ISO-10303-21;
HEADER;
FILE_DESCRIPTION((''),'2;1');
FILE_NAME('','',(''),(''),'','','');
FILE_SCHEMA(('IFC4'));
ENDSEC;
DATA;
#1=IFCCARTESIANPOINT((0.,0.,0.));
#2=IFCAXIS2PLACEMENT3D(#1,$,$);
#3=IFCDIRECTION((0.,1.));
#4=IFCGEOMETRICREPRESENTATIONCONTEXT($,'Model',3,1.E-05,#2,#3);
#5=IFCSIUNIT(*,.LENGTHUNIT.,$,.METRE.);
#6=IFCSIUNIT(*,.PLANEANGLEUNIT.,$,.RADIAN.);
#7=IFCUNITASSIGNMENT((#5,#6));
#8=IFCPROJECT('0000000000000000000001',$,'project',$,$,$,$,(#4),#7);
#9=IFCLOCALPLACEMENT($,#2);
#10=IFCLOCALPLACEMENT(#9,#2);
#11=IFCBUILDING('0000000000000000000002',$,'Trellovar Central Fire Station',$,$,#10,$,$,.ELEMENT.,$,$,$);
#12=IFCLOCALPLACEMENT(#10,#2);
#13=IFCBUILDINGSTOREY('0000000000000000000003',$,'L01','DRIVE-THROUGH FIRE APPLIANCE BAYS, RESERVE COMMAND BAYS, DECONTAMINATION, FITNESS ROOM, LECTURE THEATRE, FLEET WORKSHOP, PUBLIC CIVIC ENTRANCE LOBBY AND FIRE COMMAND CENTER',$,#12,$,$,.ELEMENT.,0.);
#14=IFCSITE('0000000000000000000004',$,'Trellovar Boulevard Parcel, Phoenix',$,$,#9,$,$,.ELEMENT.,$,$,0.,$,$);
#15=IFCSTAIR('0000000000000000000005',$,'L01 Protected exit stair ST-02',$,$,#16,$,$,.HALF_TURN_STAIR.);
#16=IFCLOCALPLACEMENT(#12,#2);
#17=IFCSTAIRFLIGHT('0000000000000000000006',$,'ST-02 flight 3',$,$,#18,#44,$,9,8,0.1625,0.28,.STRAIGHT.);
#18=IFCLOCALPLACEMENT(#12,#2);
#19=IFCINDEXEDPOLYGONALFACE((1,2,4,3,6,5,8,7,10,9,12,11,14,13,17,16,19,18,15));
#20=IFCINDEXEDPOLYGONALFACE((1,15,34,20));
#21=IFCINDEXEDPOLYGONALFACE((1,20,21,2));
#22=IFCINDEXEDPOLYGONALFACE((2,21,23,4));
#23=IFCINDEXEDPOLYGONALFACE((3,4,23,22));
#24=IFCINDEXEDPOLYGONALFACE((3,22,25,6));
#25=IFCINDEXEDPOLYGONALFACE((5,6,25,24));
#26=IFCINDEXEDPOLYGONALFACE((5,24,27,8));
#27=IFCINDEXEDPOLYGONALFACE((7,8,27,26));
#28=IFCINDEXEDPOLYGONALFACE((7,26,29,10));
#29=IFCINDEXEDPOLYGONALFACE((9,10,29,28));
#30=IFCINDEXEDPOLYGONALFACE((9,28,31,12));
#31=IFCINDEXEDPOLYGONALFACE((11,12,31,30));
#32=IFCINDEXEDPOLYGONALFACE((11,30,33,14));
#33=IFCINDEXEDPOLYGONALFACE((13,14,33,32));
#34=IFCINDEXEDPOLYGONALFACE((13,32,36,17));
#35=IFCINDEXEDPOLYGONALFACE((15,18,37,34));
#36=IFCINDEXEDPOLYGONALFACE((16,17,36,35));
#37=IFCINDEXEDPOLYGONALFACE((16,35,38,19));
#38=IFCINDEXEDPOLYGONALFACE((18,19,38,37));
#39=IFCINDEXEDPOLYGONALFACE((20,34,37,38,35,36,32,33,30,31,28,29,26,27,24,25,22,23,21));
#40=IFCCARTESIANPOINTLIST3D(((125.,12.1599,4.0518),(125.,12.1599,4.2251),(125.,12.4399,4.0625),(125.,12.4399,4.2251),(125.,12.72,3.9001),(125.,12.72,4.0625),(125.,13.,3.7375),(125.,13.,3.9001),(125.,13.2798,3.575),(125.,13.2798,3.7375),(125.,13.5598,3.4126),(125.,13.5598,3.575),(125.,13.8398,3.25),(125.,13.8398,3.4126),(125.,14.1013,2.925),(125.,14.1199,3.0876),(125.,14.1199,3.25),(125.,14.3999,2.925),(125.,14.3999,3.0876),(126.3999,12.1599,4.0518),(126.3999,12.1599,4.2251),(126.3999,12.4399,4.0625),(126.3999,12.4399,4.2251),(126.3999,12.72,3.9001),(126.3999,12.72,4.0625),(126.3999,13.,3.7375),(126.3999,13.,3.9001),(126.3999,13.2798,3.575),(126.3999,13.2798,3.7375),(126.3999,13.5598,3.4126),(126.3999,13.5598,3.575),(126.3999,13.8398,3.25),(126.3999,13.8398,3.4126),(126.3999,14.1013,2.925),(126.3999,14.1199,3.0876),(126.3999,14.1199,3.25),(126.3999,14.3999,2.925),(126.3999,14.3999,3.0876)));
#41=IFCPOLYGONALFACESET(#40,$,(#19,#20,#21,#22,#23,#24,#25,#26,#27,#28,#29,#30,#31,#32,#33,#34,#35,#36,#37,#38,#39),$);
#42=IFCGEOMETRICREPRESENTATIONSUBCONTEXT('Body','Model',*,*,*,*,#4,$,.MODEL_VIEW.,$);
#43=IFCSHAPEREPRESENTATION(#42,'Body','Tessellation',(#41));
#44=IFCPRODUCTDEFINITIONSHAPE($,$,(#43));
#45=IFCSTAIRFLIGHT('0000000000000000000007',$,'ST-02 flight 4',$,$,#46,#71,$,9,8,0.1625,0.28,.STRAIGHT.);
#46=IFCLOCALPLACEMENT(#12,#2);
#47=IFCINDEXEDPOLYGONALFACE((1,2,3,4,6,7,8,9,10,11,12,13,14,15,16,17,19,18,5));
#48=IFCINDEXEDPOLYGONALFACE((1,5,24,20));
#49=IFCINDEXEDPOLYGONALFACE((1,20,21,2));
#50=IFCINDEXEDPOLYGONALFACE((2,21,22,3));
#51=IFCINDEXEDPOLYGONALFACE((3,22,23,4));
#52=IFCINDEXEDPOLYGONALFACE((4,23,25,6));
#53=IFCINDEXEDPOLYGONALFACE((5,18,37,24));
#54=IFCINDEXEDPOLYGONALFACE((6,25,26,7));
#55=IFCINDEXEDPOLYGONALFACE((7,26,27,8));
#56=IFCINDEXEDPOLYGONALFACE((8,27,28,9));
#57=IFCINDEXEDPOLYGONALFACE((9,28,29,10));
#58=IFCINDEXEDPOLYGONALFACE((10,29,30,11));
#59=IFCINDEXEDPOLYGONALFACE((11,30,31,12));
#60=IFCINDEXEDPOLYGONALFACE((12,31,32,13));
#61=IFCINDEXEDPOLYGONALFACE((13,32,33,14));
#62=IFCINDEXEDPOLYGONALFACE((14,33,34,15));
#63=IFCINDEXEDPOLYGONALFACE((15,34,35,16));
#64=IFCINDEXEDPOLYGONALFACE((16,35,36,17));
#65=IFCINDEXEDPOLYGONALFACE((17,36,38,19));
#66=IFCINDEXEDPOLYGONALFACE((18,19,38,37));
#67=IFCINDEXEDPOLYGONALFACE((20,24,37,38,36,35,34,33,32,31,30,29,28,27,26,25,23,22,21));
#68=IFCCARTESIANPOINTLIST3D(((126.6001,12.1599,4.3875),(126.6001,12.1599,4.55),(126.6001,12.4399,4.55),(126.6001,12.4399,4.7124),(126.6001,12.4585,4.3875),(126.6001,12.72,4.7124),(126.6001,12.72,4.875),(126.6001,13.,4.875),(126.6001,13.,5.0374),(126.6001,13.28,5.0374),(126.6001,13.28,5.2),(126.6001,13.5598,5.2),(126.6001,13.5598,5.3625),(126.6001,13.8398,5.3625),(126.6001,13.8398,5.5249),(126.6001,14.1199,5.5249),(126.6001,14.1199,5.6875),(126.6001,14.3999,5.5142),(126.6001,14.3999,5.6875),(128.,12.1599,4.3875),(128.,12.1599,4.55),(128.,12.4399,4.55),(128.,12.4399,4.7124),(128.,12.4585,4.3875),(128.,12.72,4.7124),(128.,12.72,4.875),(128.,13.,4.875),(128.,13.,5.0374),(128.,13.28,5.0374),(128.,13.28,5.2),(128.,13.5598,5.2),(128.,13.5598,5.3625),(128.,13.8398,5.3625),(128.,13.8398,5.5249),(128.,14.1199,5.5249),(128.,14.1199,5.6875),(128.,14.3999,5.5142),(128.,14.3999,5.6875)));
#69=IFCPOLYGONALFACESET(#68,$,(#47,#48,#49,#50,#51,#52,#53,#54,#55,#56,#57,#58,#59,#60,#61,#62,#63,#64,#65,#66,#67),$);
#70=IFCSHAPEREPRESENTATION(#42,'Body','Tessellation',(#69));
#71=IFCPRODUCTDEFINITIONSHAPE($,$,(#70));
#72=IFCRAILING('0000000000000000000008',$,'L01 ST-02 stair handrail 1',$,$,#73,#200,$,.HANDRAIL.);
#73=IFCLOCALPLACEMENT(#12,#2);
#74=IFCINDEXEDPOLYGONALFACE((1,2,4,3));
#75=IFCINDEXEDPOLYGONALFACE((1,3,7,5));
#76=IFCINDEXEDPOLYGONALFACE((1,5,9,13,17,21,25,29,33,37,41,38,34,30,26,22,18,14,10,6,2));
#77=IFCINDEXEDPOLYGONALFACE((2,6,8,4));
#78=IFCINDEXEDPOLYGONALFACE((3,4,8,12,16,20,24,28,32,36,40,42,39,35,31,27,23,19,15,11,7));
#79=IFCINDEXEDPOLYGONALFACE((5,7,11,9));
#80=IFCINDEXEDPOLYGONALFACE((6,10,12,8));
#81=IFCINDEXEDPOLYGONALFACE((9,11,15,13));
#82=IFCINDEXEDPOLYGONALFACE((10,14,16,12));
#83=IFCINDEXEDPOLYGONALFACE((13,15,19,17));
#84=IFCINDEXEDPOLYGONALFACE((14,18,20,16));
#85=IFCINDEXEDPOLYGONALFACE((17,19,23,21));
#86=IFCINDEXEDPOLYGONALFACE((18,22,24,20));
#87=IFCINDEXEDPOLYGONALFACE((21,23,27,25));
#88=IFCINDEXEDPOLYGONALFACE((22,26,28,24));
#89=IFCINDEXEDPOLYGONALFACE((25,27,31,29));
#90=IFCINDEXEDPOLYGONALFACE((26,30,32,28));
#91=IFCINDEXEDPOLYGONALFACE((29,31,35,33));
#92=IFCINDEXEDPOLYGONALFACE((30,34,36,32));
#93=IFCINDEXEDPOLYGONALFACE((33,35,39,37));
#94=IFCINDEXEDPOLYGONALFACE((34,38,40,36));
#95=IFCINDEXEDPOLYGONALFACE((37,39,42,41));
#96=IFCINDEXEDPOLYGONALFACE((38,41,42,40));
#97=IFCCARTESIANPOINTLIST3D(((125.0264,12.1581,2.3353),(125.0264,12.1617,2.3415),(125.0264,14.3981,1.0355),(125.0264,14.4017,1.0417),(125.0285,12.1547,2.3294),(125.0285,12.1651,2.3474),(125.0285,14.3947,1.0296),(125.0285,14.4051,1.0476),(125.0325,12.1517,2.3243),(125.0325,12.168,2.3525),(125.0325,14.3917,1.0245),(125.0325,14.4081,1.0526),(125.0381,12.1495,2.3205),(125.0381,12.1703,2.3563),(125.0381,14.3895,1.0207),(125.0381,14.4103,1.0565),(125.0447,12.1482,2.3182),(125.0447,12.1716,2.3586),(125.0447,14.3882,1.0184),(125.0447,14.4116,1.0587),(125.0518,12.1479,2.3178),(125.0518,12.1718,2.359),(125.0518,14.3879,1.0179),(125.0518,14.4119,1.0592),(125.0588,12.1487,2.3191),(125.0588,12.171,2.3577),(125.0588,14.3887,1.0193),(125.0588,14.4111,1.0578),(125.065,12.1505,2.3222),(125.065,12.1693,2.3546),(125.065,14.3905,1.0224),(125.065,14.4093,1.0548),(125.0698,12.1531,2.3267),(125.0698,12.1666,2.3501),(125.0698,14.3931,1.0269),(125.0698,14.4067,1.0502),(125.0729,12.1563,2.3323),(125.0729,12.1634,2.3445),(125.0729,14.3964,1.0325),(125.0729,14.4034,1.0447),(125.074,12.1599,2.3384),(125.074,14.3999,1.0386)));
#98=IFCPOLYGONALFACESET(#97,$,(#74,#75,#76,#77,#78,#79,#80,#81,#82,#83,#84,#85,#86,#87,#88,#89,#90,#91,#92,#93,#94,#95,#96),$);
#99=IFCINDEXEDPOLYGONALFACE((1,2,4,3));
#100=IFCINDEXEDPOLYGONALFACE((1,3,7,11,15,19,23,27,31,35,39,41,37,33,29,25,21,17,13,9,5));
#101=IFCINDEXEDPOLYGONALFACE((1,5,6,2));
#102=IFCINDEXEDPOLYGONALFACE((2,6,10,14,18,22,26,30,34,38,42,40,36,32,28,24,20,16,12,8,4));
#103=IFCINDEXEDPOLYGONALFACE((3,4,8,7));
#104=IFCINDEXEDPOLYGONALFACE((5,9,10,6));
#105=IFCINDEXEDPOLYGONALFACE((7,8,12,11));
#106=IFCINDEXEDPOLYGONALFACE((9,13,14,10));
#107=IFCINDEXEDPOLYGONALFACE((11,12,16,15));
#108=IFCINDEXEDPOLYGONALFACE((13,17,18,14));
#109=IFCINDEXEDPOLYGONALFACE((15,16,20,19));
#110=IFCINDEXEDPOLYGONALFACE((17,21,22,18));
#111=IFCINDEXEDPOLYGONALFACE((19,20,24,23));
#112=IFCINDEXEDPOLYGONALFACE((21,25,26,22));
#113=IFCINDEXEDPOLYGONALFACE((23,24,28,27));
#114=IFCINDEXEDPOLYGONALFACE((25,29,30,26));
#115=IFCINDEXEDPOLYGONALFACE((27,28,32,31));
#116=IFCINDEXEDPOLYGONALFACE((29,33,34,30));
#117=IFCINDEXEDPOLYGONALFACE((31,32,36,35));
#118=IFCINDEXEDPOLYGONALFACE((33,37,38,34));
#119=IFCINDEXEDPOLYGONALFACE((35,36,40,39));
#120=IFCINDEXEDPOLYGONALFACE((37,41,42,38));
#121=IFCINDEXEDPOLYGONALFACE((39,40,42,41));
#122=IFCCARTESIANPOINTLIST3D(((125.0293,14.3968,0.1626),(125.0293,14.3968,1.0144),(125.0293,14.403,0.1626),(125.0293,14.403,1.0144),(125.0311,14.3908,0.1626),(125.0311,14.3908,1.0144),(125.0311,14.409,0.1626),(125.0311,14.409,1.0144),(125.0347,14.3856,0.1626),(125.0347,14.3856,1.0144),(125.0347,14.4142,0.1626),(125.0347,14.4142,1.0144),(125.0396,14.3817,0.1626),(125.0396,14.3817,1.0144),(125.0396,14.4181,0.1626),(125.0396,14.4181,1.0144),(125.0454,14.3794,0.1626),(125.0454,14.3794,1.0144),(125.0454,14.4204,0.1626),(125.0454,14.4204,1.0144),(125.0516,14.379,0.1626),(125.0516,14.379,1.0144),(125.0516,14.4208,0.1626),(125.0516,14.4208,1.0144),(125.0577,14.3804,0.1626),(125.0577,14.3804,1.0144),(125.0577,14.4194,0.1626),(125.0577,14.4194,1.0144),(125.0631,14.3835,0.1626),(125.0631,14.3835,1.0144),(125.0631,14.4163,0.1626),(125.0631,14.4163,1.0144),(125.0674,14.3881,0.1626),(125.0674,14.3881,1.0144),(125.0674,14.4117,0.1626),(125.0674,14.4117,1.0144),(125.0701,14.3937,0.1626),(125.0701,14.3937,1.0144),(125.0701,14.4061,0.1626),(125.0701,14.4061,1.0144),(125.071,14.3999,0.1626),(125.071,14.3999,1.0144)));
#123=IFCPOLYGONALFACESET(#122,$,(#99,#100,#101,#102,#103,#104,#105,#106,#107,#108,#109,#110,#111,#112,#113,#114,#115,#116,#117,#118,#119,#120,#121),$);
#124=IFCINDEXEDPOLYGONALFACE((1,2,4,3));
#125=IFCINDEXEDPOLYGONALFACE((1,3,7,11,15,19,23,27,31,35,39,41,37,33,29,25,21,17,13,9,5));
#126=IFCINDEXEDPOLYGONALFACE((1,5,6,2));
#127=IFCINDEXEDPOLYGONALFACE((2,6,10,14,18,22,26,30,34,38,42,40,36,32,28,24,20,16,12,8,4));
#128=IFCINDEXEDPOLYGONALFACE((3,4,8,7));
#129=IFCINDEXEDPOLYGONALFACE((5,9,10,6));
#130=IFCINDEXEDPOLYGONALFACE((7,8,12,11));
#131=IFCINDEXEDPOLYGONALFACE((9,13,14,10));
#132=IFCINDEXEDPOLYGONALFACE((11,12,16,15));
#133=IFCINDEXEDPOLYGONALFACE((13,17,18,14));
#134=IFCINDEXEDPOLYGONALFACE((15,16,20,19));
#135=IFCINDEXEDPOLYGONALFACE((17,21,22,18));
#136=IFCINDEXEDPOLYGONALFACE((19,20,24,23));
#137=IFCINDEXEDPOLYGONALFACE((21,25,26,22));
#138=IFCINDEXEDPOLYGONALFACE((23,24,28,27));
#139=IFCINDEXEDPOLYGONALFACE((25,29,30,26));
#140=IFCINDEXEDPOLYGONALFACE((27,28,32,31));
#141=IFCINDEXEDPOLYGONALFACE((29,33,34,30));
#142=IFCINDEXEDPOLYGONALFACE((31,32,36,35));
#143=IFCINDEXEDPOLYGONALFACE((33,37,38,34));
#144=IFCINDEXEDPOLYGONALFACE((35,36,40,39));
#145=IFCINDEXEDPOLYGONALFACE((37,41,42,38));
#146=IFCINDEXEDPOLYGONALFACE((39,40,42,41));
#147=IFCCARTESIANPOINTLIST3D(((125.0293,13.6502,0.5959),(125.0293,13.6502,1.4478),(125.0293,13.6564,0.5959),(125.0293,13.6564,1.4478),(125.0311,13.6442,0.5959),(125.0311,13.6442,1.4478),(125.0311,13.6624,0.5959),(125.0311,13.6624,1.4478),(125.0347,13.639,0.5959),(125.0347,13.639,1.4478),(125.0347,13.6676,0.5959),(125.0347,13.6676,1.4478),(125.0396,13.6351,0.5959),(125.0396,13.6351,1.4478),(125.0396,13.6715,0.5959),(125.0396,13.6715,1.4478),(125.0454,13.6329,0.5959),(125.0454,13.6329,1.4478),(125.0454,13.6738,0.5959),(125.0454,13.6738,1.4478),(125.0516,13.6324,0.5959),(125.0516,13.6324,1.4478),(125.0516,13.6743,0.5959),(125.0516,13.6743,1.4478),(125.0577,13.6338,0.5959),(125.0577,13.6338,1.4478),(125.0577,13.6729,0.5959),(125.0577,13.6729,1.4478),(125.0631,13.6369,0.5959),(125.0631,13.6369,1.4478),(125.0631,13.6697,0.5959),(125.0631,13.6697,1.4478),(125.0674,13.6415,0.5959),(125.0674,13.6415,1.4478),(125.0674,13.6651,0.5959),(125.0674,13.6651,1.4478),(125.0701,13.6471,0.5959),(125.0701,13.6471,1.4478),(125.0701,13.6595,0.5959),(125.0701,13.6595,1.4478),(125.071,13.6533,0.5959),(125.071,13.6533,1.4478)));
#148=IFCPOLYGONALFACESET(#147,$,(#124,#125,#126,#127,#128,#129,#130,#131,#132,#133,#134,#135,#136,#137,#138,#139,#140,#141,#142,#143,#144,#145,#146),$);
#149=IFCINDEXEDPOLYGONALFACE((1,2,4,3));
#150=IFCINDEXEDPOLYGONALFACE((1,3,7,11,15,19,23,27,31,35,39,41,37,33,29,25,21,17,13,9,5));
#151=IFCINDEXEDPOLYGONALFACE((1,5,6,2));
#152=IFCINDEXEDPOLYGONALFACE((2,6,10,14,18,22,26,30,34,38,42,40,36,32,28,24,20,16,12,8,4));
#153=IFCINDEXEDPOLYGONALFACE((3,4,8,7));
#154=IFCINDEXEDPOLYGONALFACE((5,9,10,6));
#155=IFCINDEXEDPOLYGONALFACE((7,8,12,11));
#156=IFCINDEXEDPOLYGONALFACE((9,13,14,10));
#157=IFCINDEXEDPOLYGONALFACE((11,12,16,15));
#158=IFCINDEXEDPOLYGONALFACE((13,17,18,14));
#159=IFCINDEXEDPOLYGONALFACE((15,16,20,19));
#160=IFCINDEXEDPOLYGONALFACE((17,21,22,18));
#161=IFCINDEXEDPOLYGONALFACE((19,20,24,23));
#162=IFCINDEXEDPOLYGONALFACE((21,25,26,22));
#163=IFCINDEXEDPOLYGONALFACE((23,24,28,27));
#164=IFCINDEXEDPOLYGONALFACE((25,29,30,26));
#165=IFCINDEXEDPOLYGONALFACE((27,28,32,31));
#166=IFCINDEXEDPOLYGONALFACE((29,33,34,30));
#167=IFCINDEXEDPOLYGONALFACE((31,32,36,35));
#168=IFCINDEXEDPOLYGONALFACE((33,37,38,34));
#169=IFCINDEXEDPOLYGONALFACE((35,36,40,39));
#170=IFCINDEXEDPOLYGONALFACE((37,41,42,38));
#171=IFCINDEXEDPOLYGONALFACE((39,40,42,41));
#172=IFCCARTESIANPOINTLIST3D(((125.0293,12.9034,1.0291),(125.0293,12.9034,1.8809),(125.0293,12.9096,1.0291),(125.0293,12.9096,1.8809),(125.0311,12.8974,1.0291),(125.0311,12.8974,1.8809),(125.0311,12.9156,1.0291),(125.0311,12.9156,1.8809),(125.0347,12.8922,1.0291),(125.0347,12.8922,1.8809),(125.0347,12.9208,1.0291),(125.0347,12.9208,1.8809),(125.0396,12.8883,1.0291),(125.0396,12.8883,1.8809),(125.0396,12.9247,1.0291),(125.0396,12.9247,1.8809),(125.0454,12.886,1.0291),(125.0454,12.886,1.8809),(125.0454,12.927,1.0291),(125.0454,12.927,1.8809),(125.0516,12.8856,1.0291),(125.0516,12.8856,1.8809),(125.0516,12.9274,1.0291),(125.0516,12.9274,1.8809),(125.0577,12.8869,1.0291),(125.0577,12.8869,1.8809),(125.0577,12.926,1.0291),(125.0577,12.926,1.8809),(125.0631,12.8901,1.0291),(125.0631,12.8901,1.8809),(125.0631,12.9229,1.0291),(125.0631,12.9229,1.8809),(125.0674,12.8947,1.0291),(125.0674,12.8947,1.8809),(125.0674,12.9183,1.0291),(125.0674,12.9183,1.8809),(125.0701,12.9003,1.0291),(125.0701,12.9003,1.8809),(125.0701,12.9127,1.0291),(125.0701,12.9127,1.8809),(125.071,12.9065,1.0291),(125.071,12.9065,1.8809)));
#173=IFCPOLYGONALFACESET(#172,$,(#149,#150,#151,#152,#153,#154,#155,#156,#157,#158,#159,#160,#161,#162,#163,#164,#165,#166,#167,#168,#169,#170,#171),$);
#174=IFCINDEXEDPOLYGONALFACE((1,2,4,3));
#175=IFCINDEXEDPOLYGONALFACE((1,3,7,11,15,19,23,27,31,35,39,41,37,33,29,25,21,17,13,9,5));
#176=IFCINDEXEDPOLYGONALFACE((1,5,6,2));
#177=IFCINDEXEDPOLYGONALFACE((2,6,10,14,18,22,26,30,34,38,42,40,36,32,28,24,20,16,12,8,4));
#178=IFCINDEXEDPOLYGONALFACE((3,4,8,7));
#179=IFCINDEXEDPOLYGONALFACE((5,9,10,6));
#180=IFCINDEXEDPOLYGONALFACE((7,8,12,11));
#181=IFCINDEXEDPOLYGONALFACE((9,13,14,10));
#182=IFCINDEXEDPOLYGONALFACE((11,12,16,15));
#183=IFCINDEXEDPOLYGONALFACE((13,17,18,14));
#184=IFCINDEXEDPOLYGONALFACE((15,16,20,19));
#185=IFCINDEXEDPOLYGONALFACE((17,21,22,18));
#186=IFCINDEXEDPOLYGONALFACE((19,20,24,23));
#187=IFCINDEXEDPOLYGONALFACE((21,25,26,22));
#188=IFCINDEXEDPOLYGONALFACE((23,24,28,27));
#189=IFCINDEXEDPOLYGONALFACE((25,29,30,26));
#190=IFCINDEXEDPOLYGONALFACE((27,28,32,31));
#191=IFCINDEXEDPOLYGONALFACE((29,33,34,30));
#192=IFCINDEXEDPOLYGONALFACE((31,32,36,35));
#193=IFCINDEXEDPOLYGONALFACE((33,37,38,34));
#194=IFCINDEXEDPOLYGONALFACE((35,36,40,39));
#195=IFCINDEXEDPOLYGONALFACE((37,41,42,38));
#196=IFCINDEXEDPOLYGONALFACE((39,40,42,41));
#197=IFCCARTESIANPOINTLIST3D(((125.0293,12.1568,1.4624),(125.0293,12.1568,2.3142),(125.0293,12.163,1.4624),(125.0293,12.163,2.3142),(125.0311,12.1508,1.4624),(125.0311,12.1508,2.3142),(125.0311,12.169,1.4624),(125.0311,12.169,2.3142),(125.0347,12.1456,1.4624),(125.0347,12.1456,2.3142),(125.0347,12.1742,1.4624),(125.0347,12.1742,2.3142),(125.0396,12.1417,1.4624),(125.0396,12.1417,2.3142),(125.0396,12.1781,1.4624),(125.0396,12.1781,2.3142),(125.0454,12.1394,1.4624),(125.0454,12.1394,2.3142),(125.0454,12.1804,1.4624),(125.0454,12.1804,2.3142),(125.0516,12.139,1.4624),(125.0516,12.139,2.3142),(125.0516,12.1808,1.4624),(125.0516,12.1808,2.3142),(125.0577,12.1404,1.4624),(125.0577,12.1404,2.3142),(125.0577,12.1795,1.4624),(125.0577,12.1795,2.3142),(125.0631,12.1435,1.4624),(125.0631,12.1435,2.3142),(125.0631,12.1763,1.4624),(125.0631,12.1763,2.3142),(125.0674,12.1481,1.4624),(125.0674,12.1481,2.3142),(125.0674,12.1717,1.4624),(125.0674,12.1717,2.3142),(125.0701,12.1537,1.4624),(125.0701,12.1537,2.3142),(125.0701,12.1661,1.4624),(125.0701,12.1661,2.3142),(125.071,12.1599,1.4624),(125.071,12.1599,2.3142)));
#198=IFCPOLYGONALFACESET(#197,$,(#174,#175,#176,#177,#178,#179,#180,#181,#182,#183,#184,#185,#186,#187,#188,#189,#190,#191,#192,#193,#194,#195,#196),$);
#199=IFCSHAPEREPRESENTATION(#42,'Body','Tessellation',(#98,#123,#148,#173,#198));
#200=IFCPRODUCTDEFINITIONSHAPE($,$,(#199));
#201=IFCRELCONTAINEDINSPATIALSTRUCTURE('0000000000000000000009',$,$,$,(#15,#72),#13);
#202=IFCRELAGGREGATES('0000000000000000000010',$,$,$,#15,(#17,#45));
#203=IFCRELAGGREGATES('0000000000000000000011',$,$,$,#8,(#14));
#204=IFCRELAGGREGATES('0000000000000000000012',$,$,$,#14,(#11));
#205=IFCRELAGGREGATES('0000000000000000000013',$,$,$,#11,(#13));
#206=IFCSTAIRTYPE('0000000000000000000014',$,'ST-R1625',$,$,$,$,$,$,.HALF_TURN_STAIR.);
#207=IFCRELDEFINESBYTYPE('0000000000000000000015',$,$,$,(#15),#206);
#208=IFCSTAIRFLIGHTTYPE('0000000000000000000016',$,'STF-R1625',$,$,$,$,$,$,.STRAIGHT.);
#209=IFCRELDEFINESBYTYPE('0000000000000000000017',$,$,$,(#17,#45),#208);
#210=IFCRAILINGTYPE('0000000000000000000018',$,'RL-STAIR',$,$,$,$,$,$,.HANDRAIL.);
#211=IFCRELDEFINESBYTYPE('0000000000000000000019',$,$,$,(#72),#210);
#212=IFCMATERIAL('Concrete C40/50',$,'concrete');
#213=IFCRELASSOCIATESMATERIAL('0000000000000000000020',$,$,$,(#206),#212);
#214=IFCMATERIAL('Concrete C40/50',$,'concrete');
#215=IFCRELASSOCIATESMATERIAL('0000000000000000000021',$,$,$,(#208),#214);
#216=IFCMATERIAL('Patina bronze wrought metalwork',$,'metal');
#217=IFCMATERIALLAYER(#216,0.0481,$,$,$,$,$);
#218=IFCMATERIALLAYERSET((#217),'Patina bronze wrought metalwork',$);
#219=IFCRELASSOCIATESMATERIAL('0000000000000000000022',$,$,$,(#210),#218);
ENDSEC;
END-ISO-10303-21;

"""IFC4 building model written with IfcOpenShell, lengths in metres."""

from ifc_helpers import new_model, si_unit, direction, frame, origin, origin_2d, place, context, subcontext, project, spatial, polyline, circle, outline, extrude, material, layer, layer_set, type_object, element, aggregate, save


model = new_model("IFC4")

# Units and contexts
model_context = context("Model", 3, precision=1e-05, world=origin(), true_north=direction((0.0, 1.0)))
body_context = subcontext(model_context, "Body", "Model", "MODEL_VIEW")
ifc_project = project(units=[si_unit("LENGTHUNIT", "METRE"), si_unit("PLANEANGLEUNIT", "RADIAN")], contexts=[model_context])

# Site, building, storey
site_placement = place(None, origin())
site = spatial("IfcSite", under=ifc_project, at=site_placement, Name="Trellovar Boulevard Parcel, Phoenix", CompositionType="ELEMENT", RefElevation=0.0)
building_placement = place(site_placement, origin())
building = spatial("IfcBuilding", under=site, at=building_placement, Name="Trellovar Central Fire Station", CompositionType="ELEMENT")
storey_placement = place(building_placement, origin())
storey = spatial("IfcBuildingStorey", under=building, at=storey_placement, Name="L01", Description="DRIVE-THROUGH FIRE APPLIANCE BAYS, RESERVE COMMAND BAYS, DECONTAMINATION, FITNESS ROOM, LECTURE THEATRE, FLEET WORKSHOP, PUBLIC CIVIC ENTRANCE LOBBY AND FIRE COMMAND CENTER", CompositionType="ELEMENT", Elevation=0.0)

# Stair, stair flights
ifc_material_1 = material(Name="Concrete C40/50", Category="concrete")
stair_type = type_object("IfcStairType", Name="ST-R1625", PredefinedType="HALF_TURN_STAIR", material=ifc_material_1)
stair_placement = place(storey_placement, origin())
stair = element("IfcStair", 1, at=stair_placement, inside=storey, type_object=stair_type, Name="L01 Protected exit stair ST-02", PredefinedType="HALF_TURN_STAIR")
ifc_material_2 = material(Name="Concrete C40/50", Category="concrete")
stair_flight_type = type_object("IfcStairFlightType", Name="STF-R1625", PredefinedType="STRAIGHT", material=ifc_material_2)
stair_flight_1_placement = place(storey_placement, frame((125.7, 14.3999, 2.925), z_axis=(0.0, 0.0, 1.0), x_axis=(0.0, -1.0, 0.0)))
stair_flight_1 = element("IfcStairFlight", 2, at=stair_flight_1_placement, type_object=stair_flight_type, Name="ST-02 flight 3", NumberOfRisers=9, NumberOfTreads=8, PredefinedType="STRAIGHT", RiserHeight=0.1625, TreadLength=0.28, context=body_context, shape_type="SweptSolid", body=[
    extrude(outline(polyline([(0.0, 0.0), (0.0, 0.1626), (0.28, 0.1626), (0.28, 0.325), (0.5601, 0.325), (0.5601, 0.4875), (0.8401, 0.4875), (0.8401, 0.6499), (1.1201, 0.6499), (1.1201, 0.8125), (1.3999, 0.8125), (1.3999, 0.9751), (1.6799, 0.9751), (1.6799, 1.1375), (1.96, 1.1375), (1.96, 1.3), (2.24, 1.3), (2.24, 1.4624), (2.24, 1.1267), (0.2986, 0.0), (0.0, 0.0)])), frame((0.0, 0.7, 0.0), z_axis=(0.0, -1.0, 0.0), x_axis=(1.0, 0.0, 0.0)), (0.0, 0.0, 1.0), 1.3999),
])
stair_flight_2_placement = place(storey_placement, frame((127.3, 12.1599, 4.3875), z_axis=(0.0, 0.0, 1.0), x_axis=(0.0, 1.0, 0.0)))
stair_flight_2 = element("IfcStairFlight", 3, at=stair_flight_2_placement, type_object=stair_flight_type, Name="ST-02 flight 4", NumberOfRisers=9, NumberOfTreads=8, PredefinedType="STRAIGHT", RiserHeight=0.1625, TreadLength=0.28, context=body_context, shape_type="SweptSolid", body=[
    extrude(outline(polyline([(0.0, 0.0), (0.0, 0.1626), (0.28, 0.1626), (0.28, 0.325), (0.5601, 0.325), (0.5601, 0.4875), (0.8401, 0.4875), (0.8401, 0.6499), (1.1201, 0.6499), (1.1201, 0.8125), (1.3999, 0.8125), (1.3999, 0.9751), (1.6799, 0.9751), (1.6799, 1.1375), (1.96, 1.1375), (1.96, 1.3), (2.24, 1.3), (2.24, 1.4624), (2.24, 1.1267), (0.2986, 0.0), (0.0, 0.0)])), frame((0.0, 0.7, 0.0), z_axis=(0.0, -1.0, 0.0), x_axis=(1.0, 0.0, 0.0)), (0.0, 0.0, 1.0), 1.3999),
])
aggregate(stair, [stair_flight_1, stair_flight_2])

# Railing
ifc_material_3 = material(Name="Patina bronze wrought metalwork", Category="metal")
ifc_layer_1 = layer(ifc_material_3, 0.0481)
ifc_layer_set_1 = layer_set([ifc_layer_1], Name="Patina bronze wrought metalwork")
railing_type_1 = type_object("IfcRailingType", Name="RL-STAIR", PredefinedType="HANDRAIL", material=ifc_layer_set_1)
railing_1_placement = place(storey_placement, frame((125.05, 14.3999, 0.1626)))
element("IfcRailing", 4, at=railing_1_placement, inside=storey, type_object=railing_type_1, Name="L01 ST-02 stair handrail 1", PredefinedType="HANDRAIL", context=body_context, shape_type="SweptSolid", body=[
    extrude(circle(Radius=0.0239, at=origin_2d()), frame((0.0, 0.0, 0.876), z_axis=(0.0, -0.864929, 0.501894), x_axis=(1.0, 0.0, 0.0)), (0.0, 0.0, 1.0), 2.5898),
    extrude(circle(Radius=0.021, at=origin_2d()), origin(), (0.0, 0.0, 1.0), 0.8518),
    extrude(circle(Radius=0.021, at=origin_2d()), frame((0.0, -0.7466, 0.4333)), (0.0, 0.0, 1.0), 0.8518),
    extrude(circle(Radius=0.021, at=origin_2d()), frame((0.0, -1.4934, 0.8665)), (0.0, 0.0, 1.0), 0.8518),
    extrude(circle(Radius=0.021, at=origin_2d()), frame((0.0, -2.24, 1.2998)), (0.0, 0.0, 1.0), 0.8518),
])

save(model, "model.ifc")
